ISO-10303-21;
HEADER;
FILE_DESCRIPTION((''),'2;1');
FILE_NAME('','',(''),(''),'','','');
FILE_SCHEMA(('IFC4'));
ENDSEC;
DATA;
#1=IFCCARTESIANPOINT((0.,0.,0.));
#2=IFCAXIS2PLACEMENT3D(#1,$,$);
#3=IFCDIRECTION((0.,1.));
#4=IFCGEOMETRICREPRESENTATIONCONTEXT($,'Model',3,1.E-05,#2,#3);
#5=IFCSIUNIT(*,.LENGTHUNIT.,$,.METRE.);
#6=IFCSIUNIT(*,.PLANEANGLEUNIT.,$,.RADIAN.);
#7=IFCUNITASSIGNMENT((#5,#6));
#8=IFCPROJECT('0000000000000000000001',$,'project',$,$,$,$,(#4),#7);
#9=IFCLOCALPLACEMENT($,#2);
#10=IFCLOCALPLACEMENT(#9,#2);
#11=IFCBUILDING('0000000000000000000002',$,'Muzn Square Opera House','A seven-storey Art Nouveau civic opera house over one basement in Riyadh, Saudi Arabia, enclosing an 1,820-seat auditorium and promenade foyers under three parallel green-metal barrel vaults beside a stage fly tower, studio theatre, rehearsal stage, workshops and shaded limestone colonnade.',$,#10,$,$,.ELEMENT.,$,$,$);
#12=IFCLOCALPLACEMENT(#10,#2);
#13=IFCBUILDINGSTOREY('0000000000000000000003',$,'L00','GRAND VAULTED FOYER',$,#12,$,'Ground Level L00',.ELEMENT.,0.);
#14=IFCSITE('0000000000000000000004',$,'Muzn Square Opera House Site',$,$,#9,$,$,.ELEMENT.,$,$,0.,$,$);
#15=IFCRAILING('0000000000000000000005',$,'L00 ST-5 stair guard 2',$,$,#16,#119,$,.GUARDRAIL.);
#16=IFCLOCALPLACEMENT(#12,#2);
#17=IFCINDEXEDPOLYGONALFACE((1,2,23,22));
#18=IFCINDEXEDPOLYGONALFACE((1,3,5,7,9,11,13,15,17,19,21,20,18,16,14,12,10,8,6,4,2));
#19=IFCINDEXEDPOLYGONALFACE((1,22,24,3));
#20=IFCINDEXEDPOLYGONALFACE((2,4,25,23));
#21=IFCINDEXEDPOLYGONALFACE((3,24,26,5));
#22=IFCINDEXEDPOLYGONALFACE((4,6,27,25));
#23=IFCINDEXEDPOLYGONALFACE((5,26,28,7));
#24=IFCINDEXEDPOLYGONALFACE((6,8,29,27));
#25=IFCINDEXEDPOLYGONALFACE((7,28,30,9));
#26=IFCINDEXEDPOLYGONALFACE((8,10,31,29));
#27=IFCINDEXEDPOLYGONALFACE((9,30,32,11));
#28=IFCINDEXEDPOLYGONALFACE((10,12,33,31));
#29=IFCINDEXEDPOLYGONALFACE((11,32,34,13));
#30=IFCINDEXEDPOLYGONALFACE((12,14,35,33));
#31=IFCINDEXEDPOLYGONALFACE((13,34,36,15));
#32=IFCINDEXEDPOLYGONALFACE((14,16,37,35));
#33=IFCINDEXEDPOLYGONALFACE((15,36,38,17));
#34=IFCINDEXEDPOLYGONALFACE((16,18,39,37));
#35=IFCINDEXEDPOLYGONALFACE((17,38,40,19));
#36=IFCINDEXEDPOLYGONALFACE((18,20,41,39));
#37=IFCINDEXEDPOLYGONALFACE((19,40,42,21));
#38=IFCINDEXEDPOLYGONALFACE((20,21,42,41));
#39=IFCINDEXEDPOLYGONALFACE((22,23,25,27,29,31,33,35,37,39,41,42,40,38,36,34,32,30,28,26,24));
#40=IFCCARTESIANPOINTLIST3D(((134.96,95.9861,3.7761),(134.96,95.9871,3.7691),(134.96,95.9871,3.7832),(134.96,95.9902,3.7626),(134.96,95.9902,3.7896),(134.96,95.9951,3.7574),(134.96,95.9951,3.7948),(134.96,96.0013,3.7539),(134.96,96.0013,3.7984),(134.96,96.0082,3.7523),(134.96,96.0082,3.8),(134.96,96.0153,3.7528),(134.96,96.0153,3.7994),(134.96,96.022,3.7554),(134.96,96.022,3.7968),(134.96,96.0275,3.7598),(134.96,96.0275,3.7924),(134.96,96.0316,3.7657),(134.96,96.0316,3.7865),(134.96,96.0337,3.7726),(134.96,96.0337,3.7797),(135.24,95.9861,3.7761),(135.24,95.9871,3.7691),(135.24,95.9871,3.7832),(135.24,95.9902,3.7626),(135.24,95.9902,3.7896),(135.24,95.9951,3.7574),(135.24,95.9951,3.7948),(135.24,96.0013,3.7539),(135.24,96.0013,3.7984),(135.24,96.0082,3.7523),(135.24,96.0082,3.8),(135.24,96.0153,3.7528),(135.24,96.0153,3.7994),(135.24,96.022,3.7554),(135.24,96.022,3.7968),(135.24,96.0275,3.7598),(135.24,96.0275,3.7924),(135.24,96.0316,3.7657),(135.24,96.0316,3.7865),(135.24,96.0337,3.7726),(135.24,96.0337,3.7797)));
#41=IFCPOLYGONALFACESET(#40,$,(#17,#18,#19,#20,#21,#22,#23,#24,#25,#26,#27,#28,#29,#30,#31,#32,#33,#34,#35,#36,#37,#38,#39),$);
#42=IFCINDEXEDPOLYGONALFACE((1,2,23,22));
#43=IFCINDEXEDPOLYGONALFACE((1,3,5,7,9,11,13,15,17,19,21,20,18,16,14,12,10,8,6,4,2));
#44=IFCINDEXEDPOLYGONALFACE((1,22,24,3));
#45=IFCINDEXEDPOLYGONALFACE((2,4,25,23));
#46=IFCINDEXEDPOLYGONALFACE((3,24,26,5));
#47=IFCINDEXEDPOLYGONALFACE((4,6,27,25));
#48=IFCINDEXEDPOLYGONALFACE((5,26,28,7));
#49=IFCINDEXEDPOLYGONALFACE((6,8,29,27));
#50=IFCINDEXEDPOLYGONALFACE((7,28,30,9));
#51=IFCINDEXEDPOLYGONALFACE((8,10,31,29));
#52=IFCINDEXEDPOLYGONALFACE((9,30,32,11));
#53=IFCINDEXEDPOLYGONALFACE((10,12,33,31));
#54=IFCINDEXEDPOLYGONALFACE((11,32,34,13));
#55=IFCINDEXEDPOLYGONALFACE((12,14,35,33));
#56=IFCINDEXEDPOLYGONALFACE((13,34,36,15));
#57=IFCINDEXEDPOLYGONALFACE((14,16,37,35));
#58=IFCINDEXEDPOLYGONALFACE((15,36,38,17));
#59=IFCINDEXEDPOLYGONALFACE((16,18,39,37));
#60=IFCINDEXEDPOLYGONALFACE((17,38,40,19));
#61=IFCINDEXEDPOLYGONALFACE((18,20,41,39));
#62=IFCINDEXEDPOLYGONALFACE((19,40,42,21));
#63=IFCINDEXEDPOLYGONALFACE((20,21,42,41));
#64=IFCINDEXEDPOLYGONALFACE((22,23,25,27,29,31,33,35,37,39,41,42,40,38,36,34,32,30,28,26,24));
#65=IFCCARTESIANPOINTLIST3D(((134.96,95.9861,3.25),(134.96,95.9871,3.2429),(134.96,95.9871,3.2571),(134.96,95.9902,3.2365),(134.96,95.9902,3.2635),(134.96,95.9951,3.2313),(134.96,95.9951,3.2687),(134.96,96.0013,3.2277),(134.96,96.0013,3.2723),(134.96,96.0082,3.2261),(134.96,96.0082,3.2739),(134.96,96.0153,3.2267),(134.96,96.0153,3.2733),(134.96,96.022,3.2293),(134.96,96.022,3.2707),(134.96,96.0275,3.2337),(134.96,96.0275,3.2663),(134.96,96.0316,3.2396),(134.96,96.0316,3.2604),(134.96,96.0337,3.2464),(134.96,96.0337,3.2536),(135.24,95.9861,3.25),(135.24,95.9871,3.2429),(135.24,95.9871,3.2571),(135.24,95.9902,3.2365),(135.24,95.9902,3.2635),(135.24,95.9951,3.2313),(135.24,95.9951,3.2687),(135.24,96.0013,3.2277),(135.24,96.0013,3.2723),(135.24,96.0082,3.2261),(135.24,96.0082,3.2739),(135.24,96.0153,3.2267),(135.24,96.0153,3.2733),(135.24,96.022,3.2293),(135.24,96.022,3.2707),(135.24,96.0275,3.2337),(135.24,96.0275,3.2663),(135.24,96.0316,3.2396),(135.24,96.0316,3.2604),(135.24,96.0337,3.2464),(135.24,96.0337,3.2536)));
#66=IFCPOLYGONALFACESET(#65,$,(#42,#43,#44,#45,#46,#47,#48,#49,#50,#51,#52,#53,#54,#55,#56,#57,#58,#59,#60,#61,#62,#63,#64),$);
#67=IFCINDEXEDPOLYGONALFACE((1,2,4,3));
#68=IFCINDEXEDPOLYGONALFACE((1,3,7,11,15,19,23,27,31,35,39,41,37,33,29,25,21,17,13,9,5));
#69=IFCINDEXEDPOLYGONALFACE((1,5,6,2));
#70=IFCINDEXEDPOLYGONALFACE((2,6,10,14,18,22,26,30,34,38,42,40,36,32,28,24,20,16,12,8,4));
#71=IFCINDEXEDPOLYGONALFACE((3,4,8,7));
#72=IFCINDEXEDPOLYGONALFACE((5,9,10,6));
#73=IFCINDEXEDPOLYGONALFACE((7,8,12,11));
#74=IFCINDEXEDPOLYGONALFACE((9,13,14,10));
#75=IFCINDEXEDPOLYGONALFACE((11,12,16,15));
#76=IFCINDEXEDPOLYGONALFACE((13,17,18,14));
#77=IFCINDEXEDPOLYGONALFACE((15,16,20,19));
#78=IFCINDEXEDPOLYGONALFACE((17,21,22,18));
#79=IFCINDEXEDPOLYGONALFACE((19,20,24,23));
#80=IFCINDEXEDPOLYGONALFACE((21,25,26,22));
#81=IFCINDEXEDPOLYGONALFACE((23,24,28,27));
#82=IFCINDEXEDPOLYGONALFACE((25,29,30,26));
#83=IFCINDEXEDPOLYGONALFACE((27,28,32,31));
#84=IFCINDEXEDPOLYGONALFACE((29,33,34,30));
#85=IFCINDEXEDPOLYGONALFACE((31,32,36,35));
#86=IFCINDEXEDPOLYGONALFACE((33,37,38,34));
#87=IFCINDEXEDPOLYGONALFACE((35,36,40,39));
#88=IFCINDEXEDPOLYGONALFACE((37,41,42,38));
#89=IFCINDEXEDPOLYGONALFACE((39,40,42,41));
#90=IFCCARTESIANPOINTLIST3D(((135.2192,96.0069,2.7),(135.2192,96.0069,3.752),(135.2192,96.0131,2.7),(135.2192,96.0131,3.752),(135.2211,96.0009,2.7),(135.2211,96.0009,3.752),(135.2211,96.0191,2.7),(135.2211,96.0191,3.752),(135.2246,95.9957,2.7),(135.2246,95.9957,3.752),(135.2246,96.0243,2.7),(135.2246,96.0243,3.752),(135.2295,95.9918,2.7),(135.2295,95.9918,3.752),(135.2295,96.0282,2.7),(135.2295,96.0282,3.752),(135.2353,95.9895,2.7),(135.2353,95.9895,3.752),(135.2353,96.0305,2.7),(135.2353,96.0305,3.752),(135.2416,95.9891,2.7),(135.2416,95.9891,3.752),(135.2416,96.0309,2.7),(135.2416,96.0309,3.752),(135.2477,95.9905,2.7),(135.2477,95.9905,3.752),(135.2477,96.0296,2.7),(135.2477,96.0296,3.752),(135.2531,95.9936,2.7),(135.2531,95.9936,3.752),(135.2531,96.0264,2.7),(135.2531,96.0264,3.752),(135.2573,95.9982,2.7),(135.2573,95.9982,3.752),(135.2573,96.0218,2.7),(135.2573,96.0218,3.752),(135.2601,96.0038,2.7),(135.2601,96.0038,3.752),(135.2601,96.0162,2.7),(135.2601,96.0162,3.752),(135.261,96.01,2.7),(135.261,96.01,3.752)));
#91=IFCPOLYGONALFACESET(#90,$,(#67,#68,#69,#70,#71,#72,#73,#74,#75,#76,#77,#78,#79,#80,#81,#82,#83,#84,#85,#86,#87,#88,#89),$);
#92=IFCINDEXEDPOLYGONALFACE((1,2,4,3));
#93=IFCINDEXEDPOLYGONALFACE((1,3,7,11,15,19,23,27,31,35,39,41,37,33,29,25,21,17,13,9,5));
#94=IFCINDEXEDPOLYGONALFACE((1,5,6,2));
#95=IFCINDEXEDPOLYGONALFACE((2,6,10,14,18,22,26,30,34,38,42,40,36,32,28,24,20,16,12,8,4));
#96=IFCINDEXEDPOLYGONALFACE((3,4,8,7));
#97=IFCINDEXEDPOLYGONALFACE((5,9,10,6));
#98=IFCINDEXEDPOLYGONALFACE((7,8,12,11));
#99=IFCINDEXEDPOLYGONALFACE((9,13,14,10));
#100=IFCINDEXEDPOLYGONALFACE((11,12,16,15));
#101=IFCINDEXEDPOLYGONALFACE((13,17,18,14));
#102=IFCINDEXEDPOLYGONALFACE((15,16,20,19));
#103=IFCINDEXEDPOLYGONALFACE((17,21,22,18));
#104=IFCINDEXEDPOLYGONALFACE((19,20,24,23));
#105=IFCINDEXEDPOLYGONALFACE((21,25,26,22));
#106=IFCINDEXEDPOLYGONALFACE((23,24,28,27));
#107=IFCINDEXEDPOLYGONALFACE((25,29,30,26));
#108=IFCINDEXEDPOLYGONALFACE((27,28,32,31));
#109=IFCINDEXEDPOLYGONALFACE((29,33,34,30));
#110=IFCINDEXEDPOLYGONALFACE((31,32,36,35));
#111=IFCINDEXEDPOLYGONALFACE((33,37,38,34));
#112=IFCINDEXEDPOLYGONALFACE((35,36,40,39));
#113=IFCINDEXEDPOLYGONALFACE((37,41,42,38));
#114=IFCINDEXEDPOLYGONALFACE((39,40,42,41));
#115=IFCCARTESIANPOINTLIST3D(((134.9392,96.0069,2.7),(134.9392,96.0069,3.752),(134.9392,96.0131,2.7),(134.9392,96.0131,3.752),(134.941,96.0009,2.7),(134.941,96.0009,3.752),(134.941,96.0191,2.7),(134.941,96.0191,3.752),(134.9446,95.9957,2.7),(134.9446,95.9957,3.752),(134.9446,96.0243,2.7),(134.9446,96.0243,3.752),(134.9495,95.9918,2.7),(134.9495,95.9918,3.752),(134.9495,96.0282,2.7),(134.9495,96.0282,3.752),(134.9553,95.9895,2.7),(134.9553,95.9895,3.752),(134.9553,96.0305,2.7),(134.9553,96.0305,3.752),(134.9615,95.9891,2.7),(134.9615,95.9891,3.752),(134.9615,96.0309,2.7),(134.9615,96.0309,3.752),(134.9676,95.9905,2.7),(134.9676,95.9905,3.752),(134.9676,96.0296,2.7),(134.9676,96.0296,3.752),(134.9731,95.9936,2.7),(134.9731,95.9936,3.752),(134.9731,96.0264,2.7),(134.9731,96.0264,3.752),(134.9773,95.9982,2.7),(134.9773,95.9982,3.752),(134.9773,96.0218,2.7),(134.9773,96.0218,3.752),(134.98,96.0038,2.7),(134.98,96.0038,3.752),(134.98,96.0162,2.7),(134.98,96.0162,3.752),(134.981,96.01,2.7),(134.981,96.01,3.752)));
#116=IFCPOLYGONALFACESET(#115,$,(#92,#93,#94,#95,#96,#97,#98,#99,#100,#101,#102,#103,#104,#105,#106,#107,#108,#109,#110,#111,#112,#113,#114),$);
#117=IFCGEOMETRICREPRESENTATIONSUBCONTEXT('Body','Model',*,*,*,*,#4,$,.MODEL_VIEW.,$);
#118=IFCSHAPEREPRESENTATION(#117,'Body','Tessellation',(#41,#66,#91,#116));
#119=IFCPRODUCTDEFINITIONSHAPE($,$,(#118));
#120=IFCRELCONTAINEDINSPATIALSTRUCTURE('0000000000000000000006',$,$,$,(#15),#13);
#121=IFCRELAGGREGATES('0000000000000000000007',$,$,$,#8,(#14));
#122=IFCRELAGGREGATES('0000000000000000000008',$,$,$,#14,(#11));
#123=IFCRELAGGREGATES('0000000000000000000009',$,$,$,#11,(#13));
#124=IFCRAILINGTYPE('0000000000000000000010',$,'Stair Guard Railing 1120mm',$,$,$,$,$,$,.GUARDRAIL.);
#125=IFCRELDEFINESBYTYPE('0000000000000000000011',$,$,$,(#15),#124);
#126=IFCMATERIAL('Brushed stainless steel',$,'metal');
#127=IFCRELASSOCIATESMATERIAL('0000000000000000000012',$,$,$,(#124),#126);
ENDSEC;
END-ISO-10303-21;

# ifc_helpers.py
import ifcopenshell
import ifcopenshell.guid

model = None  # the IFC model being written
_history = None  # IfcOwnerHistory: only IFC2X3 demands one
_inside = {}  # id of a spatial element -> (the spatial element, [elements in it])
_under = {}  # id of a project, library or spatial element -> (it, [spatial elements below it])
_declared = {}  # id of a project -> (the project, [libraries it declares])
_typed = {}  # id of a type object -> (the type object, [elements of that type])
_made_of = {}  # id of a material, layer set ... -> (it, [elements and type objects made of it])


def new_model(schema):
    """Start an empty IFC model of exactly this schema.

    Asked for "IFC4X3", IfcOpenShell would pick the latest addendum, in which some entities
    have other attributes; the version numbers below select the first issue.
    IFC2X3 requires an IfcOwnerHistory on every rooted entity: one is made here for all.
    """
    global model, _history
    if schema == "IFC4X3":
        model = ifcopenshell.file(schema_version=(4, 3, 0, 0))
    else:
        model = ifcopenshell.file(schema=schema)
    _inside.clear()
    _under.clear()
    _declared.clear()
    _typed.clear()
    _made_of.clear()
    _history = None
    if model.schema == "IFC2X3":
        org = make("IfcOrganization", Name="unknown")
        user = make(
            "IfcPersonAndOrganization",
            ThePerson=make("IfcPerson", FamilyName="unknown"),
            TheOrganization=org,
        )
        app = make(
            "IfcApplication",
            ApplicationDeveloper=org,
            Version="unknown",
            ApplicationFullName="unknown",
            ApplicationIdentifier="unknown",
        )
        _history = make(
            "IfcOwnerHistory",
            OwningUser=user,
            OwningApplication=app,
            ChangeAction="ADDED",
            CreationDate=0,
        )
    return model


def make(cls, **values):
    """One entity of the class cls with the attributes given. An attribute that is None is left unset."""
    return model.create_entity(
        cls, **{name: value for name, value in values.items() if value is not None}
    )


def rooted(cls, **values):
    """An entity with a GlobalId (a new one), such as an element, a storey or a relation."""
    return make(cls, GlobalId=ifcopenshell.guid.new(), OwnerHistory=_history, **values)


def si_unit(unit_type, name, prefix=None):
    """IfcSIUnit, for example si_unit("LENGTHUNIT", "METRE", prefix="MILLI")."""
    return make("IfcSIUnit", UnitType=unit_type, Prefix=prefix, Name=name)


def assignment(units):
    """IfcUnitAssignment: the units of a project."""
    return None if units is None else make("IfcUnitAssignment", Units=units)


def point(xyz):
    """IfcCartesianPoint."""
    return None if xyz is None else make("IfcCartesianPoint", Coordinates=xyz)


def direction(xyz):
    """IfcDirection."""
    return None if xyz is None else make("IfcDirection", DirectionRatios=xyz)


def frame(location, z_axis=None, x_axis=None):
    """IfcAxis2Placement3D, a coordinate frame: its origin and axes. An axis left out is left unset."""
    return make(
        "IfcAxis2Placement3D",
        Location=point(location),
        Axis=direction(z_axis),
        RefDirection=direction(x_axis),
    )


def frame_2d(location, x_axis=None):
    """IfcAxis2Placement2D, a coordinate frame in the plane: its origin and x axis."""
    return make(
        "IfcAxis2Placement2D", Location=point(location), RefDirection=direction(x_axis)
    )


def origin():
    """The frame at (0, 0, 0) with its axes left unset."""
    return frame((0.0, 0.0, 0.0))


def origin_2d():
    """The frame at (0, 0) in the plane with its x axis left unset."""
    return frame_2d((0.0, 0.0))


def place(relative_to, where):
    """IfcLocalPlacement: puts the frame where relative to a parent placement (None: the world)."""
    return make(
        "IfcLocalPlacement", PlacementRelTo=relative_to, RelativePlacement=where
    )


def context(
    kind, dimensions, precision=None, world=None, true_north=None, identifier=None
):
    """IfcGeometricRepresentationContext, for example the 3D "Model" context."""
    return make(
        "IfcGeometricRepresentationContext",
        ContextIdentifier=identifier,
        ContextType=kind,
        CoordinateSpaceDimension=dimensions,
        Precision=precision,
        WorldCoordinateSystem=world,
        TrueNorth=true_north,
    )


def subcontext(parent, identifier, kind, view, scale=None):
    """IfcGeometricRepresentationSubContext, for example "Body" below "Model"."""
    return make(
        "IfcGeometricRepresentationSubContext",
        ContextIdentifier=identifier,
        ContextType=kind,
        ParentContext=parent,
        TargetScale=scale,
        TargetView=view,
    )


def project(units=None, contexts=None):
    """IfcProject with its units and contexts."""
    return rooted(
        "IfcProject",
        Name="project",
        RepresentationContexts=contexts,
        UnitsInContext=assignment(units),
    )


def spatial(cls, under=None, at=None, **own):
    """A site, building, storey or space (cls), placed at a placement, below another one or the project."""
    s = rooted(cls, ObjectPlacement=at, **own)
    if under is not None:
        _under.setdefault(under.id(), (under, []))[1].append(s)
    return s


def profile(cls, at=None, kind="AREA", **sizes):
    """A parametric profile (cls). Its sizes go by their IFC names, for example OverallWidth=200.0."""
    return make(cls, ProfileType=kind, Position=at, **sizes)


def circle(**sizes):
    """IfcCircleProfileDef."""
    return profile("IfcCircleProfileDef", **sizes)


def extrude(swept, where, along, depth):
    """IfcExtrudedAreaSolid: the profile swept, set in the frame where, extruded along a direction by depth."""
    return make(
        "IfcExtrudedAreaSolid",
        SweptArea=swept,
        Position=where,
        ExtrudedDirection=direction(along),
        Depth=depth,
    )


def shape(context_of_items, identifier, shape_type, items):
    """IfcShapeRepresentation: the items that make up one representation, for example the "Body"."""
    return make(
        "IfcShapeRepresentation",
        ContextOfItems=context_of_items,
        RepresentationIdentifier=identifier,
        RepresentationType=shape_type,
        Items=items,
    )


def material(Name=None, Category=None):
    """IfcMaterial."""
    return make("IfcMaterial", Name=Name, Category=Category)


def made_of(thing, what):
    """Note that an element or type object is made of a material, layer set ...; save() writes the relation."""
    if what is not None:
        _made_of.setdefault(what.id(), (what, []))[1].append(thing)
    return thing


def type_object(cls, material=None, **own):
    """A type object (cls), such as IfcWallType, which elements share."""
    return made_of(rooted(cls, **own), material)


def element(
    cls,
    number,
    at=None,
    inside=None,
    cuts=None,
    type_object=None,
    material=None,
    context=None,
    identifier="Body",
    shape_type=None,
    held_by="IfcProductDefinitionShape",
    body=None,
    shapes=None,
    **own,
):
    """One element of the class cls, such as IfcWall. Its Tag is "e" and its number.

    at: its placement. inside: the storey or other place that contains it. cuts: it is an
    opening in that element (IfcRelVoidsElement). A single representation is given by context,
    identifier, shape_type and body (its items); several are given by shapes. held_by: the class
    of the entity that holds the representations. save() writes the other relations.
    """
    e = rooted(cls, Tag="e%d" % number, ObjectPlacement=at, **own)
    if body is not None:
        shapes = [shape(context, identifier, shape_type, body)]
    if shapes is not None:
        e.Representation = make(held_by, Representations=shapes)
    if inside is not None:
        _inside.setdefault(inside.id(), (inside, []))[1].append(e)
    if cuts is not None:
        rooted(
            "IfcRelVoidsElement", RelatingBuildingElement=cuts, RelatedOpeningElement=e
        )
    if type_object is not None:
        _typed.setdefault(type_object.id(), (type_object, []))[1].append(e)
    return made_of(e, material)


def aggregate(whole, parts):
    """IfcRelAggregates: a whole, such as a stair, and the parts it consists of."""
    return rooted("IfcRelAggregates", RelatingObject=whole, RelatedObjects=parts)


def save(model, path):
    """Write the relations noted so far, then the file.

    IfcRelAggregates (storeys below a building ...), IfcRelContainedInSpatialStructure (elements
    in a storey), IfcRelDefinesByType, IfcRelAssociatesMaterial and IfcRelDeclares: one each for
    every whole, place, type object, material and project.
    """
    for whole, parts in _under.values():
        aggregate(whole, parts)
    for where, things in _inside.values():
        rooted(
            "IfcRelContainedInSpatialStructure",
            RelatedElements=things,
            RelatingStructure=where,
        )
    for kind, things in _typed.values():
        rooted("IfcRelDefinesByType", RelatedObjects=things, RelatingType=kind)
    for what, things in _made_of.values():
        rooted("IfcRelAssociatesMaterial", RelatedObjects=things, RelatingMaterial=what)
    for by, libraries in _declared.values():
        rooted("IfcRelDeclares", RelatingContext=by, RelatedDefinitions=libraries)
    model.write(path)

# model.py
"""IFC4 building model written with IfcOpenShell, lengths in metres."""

from ifc_helpers import new_model, si_unit, direction, frame, origin, origin_2d, place, context, subcontext, project, spatial, circle, extrude, material, type_object, element, save


model = new_model("IFC4")

# Units and contexts
model_context = context("Model", 3, precision=1e-05, world=origin(), true_north=direction((0.0, 1.0)))
body_context = subcontext(model_context, "Body", "Model", "MODEL_VIEW")
ifc_project = project(units=[si_unit("LENGTHUNIT", "METRE"), si_unit("PLANEANGLEUNIT", "RADIAN")], contexts=[model_context])

# Site, building, storey
site_placement = place(None, origin())
site = spatial("IfcSite", under=ifc_project, at=site_placement, Name="Muzn Square Opera House Site", CompositionType="ELEMENT", RefElevation=0.0)
building_placement = place(site_placement, origin())
building = spatial("IfcBuilding", under=site, at=building_placement, Name="Muzn Square Opera House", Description="A seven-storey Art Nouveau civic opera house over one basement in Riyadh, Saudi Arabia, enclosing an 1,820-seat auditorium and promenade foyers under three parallel green-metal barrel vaults beside a stage fly tower, studio theatre, rehearsal stage, workshops and shaded limestone colonnade.", CompositionType="ELEMENT")
storey_placement = place(building_placement, origin())
storey = spatial("IfcBuildingStorey", under=building, at=storey_placement, Name="L00", Description="GRAND VAULTED FOYER", LongName="Ground Level L00", CompositionType="ELEMENT", Elevation=0.0)

# Railing
ifc_material_1 = material(Name="Brushed stainless steel", Category="metal")
railing_type_1 = type_object("IfcRailingType", Name="Stair Guard Railing 1120mm", PredefinedType="GUARDRAIL", material=ifc_material_1)
railing_1_placement = place(storey_placement, frame((135.24, 96.01, 2.7)))
element("IfcRailing", 1, at=railing_1_placement, inside=storey, type_object=railing_type_1, Name="L00 ST-5 stair guard 2", PredefinedType="GUARDRAIL", context=body_context, shape_type="SweptSolid", body=[
    extrude(circle(Radius=0.0239, at=origin_2d()), frame((0.0, 0.0, 1.0762), z_axis=(-1.0, 0.0, 0.0), x_axis=(0.0, -1.0, 0.0)), (0.0, 0.0, 1.0), 0.28),
    extrude(circle(Radius=0.0239, at=origin_2d()), frame((0.0, 0.0, 0.55), z_axis=(-1.0, 0.0, 0.0), x_axis=(0.0, -1.0, 0.0)), (0.0, 0.0, 1.0), 0.28),
    extrude(circle(Radius=0.021, at=origin_2d()), origin(), (0.0, 0.0, 1.0), 1.052),
    extrude(circle(Radius=0.021, at=origin_2d()), frame((-0.28, 0.0, 0.0)), (0.0, 0.0, 1.0), 1.052),
])

save(model, "model.ifc")
